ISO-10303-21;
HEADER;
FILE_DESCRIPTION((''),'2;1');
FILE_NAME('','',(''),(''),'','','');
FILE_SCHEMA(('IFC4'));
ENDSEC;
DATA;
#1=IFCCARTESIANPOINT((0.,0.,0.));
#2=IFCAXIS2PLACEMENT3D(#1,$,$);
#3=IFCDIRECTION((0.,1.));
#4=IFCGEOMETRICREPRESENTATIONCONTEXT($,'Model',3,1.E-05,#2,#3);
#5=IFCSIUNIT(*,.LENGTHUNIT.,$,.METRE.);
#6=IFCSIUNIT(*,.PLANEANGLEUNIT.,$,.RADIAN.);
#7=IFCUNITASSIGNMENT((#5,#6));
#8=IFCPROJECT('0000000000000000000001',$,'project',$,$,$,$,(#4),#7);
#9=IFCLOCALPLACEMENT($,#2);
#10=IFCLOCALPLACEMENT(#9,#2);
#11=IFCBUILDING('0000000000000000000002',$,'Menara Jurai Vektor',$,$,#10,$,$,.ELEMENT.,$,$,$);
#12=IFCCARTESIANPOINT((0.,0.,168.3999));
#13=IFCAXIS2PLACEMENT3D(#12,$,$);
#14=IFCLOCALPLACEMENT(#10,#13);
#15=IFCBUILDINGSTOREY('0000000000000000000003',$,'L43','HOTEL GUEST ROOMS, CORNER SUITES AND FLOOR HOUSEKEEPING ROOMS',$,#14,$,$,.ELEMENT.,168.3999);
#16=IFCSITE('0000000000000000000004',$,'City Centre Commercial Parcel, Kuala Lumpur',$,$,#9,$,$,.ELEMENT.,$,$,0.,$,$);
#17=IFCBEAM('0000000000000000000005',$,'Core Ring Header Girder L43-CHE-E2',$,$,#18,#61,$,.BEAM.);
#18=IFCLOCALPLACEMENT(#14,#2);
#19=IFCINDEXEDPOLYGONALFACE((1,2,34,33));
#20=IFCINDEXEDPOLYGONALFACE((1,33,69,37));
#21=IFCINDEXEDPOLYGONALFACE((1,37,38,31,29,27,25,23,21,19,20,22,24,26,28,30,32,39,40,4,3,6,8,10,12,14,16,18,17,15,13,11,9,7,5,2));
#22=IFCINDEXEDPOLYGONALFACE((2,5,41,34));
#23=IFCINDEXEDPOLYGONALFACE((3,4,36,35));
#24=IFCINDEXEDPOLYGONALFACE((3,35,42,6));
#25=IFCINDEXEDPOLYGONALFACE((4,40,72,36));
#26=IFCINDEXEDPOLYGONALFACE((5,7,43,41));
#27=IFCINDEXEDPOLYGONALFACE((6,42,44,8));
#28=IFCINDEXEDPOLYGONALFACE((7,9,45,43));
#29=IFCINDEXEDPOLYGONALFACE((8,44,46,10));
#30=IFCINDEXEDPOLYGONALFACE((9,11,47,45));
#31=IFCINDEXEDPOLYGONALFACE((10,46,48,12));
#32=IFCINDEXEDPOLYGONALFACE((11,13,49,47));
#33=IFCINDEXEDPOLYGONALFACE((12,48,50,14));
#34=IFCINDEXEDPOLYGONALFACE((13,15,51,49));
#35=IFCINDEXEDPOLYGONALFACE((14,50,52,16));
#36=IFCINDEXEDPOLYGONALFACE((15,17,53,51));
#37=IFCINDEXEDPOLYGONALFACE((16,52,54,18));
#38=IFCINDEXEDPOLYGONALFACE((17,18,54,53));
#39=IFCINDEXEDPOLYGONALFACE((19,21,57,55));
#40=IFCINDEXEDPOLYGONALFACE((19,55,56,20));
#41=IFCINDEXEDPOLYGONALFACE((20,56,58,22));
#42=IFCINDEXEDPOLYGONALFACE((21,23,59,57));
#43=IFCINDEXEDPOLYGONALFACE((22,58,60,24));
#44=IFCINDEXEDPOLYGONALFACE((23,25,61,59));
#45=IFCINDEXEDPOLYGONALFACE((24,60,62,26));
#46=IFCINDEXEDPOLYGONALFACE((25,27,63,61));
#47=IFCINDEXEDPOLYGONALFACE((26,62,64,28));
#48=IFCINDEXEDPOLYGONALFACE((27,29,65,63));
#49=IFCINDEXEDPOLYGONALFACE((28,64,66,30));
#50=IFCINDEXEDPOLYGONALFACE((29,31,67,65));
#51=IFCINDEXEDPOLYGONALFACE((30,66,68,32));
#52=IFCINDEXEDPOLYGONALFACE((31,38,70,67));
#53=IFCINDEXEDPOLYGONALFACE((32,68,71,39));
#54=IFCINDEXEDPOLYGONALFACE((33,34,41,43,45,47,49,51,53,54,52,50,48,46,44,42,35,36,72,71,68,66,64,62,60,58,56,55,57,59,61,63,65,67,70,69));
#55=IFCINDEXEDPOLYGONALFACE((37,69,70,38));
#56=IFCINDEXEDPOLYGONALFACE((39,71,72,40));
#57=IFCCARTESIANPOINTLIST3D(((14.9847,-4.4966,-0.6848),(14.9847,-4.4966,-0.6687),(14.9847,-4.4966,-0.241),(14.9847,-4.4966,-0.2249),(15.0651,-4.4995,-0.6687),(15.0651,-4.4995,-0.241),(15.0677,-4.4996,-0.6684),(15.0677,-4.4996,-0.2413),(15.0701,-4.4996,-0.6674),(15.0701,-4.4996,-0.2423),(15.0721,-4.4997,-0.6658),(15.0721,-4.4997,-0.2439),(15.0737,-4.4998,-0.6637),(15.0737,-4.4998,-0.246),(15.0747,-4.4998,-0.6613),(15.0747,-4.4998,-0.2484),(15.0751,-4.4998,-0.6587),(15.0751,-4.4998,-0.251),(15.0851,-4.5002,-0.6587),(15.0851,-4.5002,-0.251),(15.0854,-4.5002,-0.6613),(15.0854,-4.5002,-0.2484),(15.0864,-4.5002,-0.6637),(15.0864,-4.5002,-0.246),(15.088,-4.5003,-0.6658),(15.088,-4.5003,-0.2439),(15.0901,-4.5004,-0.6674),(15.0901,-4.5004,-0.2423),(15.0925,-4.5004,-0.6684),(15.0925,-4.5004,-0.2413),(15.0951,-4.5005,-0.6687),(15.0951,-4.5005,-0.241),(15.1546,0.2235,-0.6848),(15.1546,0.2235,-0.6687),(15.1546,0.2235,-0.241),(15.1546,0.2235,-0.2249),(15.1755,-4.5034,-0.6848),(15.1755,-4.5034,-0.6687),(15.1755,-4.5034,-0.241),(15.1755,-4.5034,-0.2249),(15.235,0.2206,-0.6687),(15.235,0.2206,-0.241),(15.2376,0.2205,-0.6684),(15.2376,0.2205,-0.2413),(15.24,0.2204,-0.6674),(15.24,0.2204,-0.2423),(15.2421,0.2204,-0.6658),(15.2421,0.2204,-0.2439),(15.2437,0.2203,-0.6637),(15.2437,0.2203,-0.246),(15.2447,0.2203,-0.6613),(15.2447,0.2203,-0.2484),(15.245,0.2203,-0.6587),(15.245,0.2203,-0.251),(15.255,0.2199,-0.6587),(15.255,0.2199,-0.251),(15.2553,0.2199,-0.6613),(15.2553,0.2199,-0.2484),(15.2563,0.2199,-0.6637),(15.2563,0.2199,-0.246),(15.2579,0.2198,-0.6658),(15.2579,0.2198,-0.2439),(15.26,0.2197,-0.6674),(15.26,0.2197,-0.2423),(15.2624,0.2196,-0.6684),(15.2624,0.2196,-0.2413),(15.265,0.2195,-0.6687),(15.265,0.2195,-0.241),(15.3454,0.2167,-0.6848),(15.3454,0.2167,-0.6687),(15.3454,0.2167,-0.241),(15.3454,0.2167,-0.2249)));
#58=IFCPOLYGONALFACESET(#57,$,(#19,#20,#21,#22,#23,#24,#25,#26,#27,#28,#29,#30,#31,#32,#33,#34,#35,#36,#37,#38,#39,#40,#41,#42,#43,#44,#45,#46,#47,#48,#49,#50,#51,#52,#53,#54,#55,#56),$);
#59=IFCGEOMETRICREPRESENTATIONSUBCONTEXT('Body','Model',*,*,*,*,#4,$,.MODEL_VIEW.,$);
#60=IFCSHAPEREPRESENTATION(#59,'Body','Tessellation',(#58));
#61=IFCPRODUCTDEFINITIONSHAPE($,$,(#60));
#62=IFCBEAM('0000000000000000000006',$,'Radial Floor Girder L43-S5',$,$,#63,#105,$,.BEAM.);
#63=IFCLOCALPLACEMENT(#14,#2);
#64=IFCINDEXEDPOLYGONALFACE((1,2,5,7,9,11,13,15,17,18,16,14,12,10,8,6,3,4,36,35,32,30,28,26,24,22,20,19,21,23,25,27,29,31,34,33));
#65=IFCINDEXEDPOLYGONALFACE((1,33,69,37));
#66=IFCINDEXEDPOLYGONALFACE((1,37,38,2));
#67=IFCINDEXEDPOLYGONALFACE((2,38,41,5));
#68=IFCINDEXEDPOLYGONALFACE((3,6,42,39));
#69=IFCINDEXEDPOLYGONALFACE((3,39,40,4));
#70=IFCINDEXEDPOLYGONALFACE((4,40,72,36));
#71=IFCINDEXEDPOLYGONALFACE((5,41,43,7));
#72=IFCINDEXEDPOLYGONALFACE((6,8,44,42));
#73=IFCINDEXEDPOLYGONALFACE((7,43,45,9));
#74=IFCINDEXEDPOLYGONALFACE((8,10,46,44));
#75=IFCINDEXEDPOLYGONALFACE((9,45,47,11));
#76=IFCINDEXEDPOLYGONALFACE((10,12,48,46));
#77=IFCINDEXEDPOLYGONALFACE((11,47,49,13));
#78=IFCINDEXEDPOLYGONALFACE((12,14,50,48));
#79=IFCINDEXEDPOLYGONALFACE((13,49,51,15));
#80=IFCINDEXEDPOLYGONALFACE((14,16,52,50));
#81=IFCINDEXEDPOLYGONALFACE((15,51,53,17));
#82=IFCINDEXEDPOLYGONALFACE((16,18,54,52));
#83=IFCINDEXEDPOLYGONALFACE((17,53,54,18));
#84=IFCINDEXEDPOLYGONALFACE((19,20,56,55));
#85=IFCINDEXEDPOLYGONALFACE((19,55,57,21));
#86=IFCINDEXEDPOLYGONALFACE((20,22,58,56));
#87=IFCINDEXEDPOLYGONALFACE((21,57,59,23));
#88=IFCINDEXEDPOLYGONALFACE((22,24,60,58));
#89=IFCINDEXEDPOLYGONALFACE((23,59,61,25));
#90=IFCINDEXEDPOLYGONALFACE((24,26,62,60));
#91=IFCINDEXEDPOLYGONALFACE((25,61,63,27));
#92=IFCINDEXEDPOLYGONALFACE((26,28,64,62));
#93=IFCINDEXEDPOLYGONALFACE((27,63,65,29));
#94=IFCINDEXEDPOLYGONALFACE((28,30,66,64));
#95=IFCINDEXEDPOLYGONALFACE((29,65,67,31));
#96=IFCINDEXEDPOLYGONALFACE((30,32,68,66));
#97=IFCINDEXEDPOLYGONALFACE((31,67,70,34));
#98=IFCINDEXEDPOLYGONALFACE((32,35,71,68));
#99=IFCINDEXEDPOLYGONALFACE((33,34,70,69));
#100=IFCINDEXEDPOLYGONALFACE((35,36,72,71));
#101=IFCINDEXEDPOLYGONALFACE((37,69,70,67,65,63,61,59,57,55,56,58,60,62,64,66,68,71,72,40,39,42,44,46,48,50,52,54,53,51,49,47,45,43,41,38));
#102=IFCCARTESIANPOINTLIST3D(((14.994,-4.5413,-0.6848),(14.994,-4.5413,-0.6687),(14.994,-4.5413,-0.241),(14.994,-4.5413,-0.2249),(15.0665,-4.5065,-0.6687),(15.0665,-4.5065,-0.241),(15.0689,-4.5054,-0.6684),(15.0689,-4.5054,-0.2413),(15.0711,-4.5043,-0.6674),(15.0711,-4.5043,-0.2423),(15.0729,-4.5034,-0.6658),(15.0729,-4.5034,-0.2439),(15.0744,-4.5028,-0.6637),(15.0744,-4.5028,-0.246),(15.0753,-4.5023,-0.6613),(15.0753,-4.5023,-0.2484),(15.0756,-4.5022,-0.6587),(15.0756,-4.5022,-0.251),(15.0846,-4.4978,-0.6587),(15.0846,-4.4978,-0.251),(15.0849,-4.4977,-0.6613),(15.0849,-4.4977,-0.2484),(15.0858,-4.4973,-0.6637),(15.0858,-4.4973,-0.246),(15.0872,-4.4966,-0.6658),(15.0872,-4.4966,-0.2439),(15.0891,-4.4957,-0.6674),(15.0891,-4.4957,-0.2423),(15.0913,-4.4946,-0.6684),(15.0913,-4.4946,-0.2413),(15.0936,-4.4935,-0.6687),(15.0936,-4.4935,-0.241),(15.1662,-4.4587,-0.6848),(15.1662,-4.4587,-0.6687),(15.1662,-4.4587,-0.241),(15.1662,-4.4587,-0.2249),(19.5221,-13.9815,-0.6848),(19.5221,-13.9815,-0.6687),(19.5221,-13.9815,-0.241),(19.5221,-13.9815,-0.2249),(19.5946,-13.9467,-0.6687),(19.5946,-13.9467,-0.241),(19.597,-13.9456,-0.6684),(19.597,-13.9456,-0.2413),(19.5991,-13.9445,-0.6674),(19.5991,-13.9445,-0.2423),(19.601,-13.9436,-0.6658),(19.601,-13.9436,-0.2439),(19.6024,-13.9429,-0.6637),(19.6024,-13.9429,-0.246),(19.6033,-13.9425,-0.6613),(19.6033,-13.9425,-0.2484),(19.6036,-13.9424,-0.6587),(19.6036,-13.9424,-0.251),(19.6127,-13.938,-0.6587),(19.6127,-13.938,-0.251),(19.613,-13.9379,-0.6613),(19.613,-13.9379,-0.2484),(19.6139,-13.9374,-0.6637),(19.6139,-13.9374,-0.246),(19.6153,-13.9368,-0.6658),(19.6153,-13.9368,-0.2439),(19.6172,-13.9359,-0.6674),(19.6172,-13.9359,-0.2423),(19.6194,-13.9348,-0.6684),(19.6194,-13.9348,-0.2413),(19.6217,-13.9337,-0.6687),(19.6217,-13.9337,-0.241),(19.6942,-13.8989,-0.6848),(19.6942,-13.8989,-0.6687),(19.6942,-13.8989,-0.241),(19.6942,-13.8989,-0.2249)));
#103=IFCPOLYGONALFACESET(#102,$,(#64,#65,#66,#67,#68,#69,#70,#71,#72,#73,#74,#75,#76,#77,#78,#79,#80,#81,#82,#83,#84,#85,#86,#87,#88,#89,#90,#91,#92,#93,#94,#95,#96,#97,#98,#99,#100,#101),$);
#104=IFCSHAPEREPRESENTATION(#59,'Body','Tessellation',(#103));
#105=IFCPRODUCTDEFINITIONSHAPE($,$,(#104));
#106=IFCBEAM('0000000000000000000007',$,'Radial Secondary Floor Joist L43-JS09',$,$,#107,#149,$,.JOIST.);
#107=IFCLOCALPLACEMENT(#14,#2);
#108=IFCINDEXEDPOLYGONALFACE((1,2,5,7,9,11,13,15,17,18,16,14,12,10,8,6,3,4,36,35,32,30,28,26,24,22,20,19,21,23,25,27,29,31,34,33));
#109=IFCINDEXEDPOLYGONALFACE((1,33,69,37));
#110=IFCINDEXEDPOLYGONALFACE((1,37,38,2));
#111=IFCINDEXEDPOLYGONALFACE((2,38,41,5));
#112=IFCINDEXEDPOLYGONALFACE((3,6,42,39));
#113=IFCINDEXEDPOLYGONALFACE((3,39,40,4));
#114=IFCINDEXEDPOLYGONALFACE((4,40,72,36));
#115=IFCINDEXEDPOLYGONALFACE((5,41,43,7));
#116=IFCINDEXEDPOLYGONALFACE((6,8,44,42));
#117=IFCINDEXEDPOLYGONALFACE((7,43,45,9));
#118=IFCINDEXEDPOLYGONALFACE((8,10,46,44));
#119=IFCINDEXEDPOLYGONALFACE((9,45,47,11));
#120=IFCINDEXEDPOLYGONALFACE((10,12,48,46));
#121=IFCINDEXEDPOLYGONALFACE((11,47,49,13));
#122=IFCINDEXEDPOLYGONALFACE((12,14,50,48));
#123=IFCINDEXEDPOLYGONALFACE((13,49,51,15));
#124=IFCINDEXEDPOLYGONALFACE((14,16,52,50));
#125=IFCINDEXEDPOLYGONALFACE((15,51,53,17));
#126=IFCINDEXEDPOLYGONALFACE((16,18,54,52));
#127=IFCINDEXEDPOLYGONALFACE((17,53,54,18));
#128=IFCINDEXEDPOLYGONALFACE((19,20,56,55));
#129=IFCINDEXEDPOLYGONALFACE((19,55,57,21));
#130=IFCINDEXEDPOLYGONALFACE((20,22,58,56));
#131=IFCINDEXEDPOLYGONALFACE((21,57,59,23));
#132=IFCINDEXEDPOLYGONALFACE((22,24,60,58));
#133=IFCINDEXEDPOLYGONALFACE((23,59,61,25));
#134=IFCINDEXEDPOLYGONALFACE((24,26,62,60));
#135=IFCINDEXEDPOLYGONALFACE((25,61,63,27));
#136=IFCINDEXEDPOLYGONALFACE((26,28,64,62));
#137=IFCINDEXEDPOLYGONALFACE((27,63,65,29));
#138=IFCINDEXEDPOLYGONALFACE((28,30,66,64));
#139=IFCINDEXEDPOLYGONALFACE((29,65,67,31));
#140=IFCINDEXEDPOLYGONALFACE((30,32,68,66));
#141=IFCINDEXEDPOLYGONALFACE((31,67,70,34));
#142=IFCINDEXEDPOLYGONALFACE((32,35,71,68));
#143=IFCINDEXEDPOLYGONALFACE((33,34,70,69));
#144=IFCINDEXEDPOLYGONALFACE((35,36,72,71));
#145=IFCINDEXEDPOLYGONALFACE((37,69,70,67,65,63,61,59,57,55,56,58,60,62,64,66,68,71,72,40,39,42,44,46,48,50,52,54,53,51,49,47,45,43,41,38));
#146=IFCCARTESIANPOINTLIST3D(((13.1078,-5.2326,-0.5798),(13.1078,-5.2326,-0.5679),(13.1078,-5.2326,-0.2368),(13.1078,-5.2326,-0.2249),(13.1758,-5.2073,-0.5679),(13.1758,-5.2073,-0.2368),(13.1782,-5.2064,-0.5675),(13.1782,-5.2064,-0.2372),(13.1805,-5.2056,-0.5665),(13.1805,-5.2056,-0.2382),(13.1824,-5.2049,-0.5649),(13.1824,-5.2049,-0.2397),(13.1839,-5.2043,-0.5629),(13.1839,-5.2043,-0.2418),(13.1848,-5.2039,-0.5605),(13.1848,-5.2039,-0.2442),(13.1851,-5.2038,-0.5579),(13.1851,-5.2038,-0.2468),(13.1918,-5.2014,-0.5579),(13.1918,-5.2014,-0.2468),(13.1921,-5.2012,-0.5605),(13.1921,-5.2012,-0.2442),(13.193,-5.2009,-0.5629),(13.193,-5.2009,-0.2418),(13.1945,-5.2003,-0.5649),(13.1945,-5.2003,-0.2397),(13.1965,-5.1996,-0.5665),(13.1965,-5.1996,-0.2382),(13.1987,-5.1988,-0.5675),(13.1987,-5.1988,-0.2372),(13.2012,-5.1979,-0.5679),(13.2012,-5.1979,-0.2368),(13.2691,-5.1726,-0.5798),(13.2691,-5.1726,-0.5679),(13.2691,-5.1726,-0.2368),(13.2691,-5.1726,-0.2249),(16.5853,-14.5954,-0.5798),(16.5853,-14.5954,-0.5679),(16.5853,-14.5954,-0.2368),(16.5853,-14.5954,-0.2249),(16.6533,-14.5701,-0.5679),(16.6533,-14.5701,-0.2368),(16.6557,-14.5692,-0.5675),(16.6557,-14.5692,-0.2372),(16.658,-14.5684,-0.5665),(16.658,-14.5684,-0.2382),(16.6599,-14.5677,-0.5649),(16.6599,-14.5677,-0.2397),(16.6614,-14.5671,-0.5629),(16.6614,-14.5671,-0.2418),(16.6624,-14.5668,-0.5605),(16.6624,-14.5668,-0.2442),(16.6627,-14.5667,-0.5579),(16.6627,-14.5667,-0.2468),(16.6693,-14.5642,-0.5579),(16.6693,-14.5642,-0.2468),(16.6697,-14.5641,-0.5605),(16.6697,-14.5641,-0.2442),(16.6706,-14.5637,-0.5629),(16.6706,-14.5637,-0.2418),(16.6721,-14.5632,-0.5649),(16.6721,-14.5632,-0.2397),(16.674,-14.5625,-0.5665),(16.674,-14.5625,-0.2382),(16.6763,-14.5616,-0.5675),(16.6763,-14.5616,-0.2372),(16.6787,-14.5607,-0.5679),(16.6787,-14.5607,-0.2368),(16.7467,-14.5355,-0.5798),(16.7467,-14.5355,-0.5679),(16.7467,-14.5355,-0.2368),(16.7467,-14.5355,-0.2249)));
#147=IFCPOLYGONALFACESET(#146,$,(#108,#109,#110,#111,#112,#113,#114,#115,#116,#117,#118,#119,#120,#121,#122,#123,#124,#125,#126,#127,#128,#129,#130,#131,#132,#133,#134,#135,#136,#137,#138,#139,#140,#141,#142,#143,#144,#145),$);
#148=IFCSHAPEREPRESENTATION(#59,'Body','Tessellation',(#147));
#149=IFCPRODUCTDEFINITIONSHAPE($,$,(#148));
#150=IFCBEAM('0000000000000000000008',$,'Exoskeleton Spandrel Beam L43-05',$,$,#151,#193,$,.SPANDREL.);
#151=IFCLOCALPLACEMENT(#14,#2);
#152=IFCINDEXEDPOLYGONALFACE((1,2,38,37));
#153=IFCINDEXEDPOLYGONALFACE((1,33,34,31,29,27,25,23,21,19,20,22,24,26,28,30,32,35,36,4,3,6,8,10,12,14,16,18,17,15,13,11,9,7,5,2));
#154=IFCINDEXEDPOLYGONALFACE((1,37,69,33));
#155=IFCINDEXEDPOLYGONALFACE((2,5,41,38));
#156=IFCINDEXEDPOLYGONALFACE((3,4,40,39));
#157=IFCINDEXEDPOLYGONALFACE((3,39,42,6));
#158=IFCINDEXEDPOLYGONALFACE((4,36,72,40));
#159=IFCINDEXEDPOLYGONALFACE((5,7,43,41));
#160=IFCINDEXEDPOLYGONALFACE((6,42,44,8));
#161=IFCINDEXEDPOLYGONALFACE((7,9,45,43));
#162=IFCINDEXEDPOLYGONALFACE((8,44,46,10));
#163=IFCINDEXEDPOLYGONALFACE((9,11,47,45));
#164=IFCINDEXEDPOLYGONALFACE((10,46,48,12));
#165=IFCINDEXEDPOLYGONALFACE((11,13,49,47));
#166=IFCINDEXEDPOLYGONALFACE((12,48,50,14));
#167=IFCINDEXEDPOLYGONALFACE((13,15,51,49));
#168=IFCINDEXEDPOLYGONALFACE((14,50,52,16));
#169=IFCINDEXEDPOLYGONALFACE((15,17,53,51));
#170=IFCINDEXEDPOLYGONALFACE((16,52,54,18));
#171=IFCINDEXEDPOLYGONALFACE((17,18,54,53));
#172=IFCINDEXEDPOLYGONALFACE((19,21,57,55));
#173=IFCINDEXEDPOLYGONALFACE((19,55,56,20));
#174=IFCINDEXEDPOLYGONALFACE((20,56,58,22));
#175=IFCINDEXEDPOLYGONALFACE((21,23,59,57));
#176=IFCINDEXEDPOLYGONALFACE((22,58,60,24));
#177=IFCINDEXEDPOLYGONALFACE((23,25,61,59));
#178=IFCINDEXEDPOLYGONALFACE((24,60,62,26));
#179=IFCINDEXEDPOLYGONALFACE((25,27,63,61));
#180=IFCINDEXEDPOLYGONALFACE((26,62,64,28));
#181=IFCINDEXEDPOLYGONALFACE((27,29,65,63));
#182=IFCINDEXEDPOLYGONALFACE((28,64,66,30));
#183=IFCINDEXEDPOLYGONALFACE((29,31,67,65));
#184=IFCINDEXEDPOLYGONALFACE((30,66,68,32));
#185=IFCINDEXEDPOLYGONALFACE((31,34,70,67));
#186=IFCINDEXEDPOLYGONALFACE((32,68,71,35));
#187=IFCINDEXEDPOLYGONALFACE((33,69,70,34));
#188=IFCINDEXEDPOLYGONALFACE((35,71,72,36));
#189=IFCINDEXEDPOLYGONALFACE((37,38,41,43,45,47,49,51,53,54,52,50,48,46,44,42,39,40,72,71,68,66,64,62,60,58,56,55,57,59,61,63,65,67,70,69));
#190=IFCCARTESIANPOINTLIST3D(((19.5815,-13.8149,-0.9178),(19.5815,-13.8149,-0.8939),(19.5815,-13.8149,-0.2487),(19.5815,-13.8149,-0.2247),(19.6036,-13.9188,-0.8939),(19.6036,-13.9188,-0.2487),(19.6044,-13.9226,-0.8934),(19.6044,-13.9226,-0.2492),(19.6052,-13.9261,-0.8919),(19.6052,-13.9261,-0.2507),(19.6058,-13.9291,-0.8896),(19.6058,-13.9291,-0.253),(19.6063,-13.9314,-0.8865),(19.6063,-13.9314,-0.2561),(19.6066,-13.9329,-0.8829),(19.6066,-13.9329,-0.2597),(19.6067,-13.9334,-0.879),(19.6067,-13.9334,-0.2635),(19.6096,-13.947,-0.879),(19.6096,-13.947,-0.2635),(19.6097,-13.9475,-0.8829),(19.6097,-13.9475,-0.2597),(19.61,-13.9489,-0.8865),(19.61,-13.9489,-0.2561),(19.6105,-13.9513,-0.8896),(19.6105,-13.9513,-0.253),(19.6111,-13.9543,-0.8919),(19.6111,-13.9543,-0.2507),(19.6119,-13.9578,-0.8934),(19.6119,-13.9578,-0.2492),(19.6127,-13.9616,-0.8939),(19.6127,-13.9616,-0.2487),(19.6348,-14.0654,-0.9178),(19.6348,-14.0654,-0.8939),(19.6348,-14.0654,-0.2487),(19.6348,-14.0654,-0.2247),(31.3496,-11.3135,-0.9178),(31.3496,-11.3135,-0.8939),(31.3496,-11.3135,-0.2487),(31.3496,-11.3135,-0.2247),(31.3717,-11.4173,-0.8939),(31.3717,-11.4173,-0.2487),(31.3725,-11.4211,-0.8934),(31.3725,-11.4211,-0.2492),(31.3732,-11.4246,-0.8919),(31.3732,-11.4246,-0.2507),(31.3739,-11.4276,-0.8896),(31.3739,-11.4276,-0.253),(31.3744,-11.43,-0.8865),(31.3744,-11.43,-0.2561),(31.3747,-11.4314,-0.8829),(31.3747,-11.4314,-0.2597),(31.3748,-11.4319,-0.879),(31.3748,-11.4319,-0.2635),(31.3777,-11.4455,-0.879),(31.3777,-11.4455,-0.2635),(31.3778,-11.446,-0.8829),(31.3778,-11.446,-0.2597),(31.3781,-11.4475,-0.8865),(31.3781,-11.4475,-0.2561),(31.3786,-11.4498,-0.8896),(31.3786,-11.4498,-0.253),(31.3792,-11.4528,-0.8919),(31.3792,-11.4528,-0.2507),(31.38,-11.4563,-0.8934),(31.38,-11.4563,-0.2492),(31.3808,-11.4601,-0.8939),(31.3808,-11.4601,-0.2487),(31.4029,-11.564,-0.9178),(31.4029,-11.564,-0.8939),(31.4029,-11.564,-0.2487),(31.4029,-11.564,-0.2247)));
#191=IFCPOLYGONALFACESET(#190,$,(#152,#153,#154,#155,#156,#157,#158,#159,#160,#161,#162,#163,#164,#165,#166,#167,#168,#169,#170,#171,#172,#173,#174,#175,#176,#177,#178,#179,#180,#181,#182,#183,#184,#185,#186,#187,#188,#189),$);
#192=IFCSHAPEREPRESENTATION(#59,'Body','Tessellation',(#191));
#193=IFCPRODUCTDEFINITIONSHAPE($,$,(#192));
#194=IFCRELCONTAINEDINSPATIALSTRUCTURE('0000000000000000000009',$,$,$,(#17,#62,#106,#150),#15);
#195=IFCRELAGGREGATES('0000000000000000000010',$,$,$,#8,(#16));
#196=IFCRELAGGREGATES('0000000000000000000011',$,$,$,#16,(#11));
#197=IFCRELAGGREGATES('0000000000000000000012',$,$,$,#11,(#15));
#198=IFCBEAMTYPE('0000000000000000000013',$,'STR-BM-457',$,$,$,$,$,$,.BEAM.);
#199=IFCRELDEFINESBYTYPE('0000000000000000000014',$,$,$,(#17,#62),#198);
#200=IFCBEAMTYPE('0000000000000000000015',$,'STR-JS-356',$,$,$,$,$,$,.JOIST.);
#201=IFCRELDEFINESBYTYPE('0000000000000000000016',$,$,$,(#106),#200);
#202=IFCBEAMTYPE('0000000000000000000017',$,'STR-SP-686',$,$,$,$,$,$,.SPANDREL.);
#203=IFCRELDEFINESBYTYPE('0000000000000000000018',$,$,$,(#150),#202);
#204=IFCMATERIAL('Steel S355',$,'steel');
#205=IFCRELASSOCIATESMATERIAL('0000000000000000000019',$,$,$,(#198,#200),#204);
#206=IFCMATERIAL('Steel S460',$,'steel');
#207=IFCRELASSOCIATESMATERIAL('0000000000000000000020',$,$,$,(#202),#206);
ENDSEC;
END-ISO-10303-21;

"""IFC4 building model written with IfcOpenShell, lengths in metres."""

from ifc_helpers import new_model, si_unit, direction, frame, origin, origin_2d, place, context, subcontext, project, spatial, i_section, extrude, material, material_profile, profile_set, type_object, element, save


model = new_model("IFC4")

# Units and contexts
model_context = context("Model", 3, precision=1e-05, world=origin(), true_north=direction((0.0, 1.0)))
body_context = subcontext(model_context, "Body", "Model", "MODEL_VIEW")
ifc_project = project(units=[si_unit("LENGTHUNIT", "METRE"), si_unit("PLANEANGLEUNIT", "RADIAN")], contexts=[model_context])

# Site, building, storey
site_placement = place(None, origin())
site = spatial("IfcSite", under=ifc_project, at=site_placement, Name="City Centre Commercial Parcel, Kuala Lumpur", CompositionType="ELEMENT", RefElevation=0.0)
building_placement = place(site_placement, origin())
building = spatial("IfcBuilding", under=site, at=building_placement, Name="Menara Jurai Vektor", CompositionType="ELEMENT")
storey_placement = place(building_placement, frame((0.0, 0.0, 168.3999)))
storey = spatial("IfcBuildingStorey", under=building, at=storey_placement, Name="L43", Description="HOTEL GUEST ROOMS, CORNER SUITES AND FLOOR HOUSEKEEPING ROOMS", CompositionType="ELEMENT", Elevation=168.3999)

# Shared definitions
ifc_material_1 = material(Name="Steel S460", Category="steel")

# Beams
ifc_material_2 = material(Name="Steel S355", Category="steel")
ifc_material_profile_1 = material_profile(ifc_material_2, i_section(OverallWidth=0.1909, OverallDepth=0.46, WebThickness=0.01, FlangeThickness=0.0161, FilletRadius=0.01, at=origin_2d()), Name="UKB 457x191x82")
ifc_profile_set_1 = profile_set([ifc_material_profile_1], Name="Steel S355")
beam_type_1 = type_object("IfcBeamType", Name="STR-BM-457", PredefinedType="BEAM", material=ifc_profile_set_1)
beam_1_placement = place(storey_placement, frame((15.0801, -4.5, -0.4548), z_axis=(0.035977, 0.999353, 0.0), x_axis=(-0.999353, 0.035977, 0.0)))
element("IfcBeam", 1, at=beam_1_placement, inside=storey, type_object=beam_type_1, Name="Core Ring Header Girder L43-CHE-E2", PredefinedType="BEAM", context=body_context, shape_type="SweptSolid", body=[
    extrude(i_section(OverallWidth=0.1909, OverallDepth=0.46, WebThickness=0.01, FlangeThickness=0.0161, FilletRadius=0.01, at=origin_2d()), origin(), (0.0, 0.0, 1.0), 4.7231),
])
beam_2_placement = place(storey_placement, frame((19.6082, -13.9402, -0.4548), z_axis=(-0.432482, 0.901643, 0.0), x_axis=(-0.901643, -0.432482, 0.0)))
element("IfcBeam", 2, at=beam_2_placement, inside=storey, type_object=beam_type_1, Name="Radial Floor Girder L43-S5", PredefinedType="BEAM", context=body_context, shape_type="SweptSolid", body=[
    extrude(i_section(OverallWidth=0.1909, OverallDepth=0.46, WebThickness=0.01, FlangeThickness=0.0161, FilletRadius=0.01, at=origin_2d()), origin(), (0.0, 0.0, 1.0), 10.47),
])
ifc_material_profile_2 = material_profile(ifc_material_2, i_section(OverallWidth=0.1721, OverallDepth=0.355, WebThickness=0.0071, FlangeThickness=0.012, FilletRadius=0.01, at=origin_2d()), Name="UKB 356x171x51")
ifc_profile_set_2 = profile_set([ifc_material_profile_2], Name="Steel S355")
beam_type_2 = type_object("IfcBeamType", Name="STR-JS-356", PredefinedType="JOIST", material=ifc_profile_set_2)
beam_3_placement = place(storey_placement, frame((16.666, -14.5654, -0.4023), z_axis=(-0.34818, 0.937428, 0.0), x_axis=(-0.937428, -0.34818, 0.0)))
element("IfcBeam", 3, at=beam_3_placement, inside=storey, type_object=beam_type_2, Name="Radial Secondary Floor Joist L43-JS09", PredefinedType="JOIST", context=body_context, shape_type="SweptSolid", body=[
    extrude(i_section(OverallWidth=0.1721, OverallDepth=0.355, WebThickness=0.0071, FlangeThickness=0.012, FilletRadius=0.01, at=origin_2d()), origin(), (0.0, 0.0, 1.0), 9.9878),
])
ifc_material_profile_3 = material_profile(ifc_material_1, i_section(OverallWidth=0.2561, OverallDepth=0.6931, WebThickness=0.0139, FlangeThickness=0.0239, FilletRadius=0.0149, at=origin_2d()), Name="UKB 686x254x170")
ifc_profile_set_3 = profile_set([ifc_material_profile_3], Name="Steel S460")
beam_type_3 = type_object("IfcBeamType", Name="STR-SP-686", PredefinedType="SPANDREL", material=ifc_profile_set_3)
beam_4_placement = place(storey_placement, frame((19.6082, -13.9402, -0.5713), z_axis=(0.978146, 0.207918, 0.0), x_axis=(-0.207918, 0.978146, 0.0)))
element("IfcBeam", 4, at=beam_4_placement, inside=storey, type_object=beam_type_3, Name="Exoskeleton Spandrel Beam L43-05", PredefinedType="SPANDREL", context=body_context, shape_type="SweptSolid", body=[
    extrude(i_section(OverallWidth=0.2561, OverallDepth=0.6931, WebThickness=0.0139, FlangeThickness=0.0239, FilletRadius=0.0149, at=origin_2d()), origin(), (0.0, 0.0, 1.0), 12.031),
])

save(model, "model.ifc")
